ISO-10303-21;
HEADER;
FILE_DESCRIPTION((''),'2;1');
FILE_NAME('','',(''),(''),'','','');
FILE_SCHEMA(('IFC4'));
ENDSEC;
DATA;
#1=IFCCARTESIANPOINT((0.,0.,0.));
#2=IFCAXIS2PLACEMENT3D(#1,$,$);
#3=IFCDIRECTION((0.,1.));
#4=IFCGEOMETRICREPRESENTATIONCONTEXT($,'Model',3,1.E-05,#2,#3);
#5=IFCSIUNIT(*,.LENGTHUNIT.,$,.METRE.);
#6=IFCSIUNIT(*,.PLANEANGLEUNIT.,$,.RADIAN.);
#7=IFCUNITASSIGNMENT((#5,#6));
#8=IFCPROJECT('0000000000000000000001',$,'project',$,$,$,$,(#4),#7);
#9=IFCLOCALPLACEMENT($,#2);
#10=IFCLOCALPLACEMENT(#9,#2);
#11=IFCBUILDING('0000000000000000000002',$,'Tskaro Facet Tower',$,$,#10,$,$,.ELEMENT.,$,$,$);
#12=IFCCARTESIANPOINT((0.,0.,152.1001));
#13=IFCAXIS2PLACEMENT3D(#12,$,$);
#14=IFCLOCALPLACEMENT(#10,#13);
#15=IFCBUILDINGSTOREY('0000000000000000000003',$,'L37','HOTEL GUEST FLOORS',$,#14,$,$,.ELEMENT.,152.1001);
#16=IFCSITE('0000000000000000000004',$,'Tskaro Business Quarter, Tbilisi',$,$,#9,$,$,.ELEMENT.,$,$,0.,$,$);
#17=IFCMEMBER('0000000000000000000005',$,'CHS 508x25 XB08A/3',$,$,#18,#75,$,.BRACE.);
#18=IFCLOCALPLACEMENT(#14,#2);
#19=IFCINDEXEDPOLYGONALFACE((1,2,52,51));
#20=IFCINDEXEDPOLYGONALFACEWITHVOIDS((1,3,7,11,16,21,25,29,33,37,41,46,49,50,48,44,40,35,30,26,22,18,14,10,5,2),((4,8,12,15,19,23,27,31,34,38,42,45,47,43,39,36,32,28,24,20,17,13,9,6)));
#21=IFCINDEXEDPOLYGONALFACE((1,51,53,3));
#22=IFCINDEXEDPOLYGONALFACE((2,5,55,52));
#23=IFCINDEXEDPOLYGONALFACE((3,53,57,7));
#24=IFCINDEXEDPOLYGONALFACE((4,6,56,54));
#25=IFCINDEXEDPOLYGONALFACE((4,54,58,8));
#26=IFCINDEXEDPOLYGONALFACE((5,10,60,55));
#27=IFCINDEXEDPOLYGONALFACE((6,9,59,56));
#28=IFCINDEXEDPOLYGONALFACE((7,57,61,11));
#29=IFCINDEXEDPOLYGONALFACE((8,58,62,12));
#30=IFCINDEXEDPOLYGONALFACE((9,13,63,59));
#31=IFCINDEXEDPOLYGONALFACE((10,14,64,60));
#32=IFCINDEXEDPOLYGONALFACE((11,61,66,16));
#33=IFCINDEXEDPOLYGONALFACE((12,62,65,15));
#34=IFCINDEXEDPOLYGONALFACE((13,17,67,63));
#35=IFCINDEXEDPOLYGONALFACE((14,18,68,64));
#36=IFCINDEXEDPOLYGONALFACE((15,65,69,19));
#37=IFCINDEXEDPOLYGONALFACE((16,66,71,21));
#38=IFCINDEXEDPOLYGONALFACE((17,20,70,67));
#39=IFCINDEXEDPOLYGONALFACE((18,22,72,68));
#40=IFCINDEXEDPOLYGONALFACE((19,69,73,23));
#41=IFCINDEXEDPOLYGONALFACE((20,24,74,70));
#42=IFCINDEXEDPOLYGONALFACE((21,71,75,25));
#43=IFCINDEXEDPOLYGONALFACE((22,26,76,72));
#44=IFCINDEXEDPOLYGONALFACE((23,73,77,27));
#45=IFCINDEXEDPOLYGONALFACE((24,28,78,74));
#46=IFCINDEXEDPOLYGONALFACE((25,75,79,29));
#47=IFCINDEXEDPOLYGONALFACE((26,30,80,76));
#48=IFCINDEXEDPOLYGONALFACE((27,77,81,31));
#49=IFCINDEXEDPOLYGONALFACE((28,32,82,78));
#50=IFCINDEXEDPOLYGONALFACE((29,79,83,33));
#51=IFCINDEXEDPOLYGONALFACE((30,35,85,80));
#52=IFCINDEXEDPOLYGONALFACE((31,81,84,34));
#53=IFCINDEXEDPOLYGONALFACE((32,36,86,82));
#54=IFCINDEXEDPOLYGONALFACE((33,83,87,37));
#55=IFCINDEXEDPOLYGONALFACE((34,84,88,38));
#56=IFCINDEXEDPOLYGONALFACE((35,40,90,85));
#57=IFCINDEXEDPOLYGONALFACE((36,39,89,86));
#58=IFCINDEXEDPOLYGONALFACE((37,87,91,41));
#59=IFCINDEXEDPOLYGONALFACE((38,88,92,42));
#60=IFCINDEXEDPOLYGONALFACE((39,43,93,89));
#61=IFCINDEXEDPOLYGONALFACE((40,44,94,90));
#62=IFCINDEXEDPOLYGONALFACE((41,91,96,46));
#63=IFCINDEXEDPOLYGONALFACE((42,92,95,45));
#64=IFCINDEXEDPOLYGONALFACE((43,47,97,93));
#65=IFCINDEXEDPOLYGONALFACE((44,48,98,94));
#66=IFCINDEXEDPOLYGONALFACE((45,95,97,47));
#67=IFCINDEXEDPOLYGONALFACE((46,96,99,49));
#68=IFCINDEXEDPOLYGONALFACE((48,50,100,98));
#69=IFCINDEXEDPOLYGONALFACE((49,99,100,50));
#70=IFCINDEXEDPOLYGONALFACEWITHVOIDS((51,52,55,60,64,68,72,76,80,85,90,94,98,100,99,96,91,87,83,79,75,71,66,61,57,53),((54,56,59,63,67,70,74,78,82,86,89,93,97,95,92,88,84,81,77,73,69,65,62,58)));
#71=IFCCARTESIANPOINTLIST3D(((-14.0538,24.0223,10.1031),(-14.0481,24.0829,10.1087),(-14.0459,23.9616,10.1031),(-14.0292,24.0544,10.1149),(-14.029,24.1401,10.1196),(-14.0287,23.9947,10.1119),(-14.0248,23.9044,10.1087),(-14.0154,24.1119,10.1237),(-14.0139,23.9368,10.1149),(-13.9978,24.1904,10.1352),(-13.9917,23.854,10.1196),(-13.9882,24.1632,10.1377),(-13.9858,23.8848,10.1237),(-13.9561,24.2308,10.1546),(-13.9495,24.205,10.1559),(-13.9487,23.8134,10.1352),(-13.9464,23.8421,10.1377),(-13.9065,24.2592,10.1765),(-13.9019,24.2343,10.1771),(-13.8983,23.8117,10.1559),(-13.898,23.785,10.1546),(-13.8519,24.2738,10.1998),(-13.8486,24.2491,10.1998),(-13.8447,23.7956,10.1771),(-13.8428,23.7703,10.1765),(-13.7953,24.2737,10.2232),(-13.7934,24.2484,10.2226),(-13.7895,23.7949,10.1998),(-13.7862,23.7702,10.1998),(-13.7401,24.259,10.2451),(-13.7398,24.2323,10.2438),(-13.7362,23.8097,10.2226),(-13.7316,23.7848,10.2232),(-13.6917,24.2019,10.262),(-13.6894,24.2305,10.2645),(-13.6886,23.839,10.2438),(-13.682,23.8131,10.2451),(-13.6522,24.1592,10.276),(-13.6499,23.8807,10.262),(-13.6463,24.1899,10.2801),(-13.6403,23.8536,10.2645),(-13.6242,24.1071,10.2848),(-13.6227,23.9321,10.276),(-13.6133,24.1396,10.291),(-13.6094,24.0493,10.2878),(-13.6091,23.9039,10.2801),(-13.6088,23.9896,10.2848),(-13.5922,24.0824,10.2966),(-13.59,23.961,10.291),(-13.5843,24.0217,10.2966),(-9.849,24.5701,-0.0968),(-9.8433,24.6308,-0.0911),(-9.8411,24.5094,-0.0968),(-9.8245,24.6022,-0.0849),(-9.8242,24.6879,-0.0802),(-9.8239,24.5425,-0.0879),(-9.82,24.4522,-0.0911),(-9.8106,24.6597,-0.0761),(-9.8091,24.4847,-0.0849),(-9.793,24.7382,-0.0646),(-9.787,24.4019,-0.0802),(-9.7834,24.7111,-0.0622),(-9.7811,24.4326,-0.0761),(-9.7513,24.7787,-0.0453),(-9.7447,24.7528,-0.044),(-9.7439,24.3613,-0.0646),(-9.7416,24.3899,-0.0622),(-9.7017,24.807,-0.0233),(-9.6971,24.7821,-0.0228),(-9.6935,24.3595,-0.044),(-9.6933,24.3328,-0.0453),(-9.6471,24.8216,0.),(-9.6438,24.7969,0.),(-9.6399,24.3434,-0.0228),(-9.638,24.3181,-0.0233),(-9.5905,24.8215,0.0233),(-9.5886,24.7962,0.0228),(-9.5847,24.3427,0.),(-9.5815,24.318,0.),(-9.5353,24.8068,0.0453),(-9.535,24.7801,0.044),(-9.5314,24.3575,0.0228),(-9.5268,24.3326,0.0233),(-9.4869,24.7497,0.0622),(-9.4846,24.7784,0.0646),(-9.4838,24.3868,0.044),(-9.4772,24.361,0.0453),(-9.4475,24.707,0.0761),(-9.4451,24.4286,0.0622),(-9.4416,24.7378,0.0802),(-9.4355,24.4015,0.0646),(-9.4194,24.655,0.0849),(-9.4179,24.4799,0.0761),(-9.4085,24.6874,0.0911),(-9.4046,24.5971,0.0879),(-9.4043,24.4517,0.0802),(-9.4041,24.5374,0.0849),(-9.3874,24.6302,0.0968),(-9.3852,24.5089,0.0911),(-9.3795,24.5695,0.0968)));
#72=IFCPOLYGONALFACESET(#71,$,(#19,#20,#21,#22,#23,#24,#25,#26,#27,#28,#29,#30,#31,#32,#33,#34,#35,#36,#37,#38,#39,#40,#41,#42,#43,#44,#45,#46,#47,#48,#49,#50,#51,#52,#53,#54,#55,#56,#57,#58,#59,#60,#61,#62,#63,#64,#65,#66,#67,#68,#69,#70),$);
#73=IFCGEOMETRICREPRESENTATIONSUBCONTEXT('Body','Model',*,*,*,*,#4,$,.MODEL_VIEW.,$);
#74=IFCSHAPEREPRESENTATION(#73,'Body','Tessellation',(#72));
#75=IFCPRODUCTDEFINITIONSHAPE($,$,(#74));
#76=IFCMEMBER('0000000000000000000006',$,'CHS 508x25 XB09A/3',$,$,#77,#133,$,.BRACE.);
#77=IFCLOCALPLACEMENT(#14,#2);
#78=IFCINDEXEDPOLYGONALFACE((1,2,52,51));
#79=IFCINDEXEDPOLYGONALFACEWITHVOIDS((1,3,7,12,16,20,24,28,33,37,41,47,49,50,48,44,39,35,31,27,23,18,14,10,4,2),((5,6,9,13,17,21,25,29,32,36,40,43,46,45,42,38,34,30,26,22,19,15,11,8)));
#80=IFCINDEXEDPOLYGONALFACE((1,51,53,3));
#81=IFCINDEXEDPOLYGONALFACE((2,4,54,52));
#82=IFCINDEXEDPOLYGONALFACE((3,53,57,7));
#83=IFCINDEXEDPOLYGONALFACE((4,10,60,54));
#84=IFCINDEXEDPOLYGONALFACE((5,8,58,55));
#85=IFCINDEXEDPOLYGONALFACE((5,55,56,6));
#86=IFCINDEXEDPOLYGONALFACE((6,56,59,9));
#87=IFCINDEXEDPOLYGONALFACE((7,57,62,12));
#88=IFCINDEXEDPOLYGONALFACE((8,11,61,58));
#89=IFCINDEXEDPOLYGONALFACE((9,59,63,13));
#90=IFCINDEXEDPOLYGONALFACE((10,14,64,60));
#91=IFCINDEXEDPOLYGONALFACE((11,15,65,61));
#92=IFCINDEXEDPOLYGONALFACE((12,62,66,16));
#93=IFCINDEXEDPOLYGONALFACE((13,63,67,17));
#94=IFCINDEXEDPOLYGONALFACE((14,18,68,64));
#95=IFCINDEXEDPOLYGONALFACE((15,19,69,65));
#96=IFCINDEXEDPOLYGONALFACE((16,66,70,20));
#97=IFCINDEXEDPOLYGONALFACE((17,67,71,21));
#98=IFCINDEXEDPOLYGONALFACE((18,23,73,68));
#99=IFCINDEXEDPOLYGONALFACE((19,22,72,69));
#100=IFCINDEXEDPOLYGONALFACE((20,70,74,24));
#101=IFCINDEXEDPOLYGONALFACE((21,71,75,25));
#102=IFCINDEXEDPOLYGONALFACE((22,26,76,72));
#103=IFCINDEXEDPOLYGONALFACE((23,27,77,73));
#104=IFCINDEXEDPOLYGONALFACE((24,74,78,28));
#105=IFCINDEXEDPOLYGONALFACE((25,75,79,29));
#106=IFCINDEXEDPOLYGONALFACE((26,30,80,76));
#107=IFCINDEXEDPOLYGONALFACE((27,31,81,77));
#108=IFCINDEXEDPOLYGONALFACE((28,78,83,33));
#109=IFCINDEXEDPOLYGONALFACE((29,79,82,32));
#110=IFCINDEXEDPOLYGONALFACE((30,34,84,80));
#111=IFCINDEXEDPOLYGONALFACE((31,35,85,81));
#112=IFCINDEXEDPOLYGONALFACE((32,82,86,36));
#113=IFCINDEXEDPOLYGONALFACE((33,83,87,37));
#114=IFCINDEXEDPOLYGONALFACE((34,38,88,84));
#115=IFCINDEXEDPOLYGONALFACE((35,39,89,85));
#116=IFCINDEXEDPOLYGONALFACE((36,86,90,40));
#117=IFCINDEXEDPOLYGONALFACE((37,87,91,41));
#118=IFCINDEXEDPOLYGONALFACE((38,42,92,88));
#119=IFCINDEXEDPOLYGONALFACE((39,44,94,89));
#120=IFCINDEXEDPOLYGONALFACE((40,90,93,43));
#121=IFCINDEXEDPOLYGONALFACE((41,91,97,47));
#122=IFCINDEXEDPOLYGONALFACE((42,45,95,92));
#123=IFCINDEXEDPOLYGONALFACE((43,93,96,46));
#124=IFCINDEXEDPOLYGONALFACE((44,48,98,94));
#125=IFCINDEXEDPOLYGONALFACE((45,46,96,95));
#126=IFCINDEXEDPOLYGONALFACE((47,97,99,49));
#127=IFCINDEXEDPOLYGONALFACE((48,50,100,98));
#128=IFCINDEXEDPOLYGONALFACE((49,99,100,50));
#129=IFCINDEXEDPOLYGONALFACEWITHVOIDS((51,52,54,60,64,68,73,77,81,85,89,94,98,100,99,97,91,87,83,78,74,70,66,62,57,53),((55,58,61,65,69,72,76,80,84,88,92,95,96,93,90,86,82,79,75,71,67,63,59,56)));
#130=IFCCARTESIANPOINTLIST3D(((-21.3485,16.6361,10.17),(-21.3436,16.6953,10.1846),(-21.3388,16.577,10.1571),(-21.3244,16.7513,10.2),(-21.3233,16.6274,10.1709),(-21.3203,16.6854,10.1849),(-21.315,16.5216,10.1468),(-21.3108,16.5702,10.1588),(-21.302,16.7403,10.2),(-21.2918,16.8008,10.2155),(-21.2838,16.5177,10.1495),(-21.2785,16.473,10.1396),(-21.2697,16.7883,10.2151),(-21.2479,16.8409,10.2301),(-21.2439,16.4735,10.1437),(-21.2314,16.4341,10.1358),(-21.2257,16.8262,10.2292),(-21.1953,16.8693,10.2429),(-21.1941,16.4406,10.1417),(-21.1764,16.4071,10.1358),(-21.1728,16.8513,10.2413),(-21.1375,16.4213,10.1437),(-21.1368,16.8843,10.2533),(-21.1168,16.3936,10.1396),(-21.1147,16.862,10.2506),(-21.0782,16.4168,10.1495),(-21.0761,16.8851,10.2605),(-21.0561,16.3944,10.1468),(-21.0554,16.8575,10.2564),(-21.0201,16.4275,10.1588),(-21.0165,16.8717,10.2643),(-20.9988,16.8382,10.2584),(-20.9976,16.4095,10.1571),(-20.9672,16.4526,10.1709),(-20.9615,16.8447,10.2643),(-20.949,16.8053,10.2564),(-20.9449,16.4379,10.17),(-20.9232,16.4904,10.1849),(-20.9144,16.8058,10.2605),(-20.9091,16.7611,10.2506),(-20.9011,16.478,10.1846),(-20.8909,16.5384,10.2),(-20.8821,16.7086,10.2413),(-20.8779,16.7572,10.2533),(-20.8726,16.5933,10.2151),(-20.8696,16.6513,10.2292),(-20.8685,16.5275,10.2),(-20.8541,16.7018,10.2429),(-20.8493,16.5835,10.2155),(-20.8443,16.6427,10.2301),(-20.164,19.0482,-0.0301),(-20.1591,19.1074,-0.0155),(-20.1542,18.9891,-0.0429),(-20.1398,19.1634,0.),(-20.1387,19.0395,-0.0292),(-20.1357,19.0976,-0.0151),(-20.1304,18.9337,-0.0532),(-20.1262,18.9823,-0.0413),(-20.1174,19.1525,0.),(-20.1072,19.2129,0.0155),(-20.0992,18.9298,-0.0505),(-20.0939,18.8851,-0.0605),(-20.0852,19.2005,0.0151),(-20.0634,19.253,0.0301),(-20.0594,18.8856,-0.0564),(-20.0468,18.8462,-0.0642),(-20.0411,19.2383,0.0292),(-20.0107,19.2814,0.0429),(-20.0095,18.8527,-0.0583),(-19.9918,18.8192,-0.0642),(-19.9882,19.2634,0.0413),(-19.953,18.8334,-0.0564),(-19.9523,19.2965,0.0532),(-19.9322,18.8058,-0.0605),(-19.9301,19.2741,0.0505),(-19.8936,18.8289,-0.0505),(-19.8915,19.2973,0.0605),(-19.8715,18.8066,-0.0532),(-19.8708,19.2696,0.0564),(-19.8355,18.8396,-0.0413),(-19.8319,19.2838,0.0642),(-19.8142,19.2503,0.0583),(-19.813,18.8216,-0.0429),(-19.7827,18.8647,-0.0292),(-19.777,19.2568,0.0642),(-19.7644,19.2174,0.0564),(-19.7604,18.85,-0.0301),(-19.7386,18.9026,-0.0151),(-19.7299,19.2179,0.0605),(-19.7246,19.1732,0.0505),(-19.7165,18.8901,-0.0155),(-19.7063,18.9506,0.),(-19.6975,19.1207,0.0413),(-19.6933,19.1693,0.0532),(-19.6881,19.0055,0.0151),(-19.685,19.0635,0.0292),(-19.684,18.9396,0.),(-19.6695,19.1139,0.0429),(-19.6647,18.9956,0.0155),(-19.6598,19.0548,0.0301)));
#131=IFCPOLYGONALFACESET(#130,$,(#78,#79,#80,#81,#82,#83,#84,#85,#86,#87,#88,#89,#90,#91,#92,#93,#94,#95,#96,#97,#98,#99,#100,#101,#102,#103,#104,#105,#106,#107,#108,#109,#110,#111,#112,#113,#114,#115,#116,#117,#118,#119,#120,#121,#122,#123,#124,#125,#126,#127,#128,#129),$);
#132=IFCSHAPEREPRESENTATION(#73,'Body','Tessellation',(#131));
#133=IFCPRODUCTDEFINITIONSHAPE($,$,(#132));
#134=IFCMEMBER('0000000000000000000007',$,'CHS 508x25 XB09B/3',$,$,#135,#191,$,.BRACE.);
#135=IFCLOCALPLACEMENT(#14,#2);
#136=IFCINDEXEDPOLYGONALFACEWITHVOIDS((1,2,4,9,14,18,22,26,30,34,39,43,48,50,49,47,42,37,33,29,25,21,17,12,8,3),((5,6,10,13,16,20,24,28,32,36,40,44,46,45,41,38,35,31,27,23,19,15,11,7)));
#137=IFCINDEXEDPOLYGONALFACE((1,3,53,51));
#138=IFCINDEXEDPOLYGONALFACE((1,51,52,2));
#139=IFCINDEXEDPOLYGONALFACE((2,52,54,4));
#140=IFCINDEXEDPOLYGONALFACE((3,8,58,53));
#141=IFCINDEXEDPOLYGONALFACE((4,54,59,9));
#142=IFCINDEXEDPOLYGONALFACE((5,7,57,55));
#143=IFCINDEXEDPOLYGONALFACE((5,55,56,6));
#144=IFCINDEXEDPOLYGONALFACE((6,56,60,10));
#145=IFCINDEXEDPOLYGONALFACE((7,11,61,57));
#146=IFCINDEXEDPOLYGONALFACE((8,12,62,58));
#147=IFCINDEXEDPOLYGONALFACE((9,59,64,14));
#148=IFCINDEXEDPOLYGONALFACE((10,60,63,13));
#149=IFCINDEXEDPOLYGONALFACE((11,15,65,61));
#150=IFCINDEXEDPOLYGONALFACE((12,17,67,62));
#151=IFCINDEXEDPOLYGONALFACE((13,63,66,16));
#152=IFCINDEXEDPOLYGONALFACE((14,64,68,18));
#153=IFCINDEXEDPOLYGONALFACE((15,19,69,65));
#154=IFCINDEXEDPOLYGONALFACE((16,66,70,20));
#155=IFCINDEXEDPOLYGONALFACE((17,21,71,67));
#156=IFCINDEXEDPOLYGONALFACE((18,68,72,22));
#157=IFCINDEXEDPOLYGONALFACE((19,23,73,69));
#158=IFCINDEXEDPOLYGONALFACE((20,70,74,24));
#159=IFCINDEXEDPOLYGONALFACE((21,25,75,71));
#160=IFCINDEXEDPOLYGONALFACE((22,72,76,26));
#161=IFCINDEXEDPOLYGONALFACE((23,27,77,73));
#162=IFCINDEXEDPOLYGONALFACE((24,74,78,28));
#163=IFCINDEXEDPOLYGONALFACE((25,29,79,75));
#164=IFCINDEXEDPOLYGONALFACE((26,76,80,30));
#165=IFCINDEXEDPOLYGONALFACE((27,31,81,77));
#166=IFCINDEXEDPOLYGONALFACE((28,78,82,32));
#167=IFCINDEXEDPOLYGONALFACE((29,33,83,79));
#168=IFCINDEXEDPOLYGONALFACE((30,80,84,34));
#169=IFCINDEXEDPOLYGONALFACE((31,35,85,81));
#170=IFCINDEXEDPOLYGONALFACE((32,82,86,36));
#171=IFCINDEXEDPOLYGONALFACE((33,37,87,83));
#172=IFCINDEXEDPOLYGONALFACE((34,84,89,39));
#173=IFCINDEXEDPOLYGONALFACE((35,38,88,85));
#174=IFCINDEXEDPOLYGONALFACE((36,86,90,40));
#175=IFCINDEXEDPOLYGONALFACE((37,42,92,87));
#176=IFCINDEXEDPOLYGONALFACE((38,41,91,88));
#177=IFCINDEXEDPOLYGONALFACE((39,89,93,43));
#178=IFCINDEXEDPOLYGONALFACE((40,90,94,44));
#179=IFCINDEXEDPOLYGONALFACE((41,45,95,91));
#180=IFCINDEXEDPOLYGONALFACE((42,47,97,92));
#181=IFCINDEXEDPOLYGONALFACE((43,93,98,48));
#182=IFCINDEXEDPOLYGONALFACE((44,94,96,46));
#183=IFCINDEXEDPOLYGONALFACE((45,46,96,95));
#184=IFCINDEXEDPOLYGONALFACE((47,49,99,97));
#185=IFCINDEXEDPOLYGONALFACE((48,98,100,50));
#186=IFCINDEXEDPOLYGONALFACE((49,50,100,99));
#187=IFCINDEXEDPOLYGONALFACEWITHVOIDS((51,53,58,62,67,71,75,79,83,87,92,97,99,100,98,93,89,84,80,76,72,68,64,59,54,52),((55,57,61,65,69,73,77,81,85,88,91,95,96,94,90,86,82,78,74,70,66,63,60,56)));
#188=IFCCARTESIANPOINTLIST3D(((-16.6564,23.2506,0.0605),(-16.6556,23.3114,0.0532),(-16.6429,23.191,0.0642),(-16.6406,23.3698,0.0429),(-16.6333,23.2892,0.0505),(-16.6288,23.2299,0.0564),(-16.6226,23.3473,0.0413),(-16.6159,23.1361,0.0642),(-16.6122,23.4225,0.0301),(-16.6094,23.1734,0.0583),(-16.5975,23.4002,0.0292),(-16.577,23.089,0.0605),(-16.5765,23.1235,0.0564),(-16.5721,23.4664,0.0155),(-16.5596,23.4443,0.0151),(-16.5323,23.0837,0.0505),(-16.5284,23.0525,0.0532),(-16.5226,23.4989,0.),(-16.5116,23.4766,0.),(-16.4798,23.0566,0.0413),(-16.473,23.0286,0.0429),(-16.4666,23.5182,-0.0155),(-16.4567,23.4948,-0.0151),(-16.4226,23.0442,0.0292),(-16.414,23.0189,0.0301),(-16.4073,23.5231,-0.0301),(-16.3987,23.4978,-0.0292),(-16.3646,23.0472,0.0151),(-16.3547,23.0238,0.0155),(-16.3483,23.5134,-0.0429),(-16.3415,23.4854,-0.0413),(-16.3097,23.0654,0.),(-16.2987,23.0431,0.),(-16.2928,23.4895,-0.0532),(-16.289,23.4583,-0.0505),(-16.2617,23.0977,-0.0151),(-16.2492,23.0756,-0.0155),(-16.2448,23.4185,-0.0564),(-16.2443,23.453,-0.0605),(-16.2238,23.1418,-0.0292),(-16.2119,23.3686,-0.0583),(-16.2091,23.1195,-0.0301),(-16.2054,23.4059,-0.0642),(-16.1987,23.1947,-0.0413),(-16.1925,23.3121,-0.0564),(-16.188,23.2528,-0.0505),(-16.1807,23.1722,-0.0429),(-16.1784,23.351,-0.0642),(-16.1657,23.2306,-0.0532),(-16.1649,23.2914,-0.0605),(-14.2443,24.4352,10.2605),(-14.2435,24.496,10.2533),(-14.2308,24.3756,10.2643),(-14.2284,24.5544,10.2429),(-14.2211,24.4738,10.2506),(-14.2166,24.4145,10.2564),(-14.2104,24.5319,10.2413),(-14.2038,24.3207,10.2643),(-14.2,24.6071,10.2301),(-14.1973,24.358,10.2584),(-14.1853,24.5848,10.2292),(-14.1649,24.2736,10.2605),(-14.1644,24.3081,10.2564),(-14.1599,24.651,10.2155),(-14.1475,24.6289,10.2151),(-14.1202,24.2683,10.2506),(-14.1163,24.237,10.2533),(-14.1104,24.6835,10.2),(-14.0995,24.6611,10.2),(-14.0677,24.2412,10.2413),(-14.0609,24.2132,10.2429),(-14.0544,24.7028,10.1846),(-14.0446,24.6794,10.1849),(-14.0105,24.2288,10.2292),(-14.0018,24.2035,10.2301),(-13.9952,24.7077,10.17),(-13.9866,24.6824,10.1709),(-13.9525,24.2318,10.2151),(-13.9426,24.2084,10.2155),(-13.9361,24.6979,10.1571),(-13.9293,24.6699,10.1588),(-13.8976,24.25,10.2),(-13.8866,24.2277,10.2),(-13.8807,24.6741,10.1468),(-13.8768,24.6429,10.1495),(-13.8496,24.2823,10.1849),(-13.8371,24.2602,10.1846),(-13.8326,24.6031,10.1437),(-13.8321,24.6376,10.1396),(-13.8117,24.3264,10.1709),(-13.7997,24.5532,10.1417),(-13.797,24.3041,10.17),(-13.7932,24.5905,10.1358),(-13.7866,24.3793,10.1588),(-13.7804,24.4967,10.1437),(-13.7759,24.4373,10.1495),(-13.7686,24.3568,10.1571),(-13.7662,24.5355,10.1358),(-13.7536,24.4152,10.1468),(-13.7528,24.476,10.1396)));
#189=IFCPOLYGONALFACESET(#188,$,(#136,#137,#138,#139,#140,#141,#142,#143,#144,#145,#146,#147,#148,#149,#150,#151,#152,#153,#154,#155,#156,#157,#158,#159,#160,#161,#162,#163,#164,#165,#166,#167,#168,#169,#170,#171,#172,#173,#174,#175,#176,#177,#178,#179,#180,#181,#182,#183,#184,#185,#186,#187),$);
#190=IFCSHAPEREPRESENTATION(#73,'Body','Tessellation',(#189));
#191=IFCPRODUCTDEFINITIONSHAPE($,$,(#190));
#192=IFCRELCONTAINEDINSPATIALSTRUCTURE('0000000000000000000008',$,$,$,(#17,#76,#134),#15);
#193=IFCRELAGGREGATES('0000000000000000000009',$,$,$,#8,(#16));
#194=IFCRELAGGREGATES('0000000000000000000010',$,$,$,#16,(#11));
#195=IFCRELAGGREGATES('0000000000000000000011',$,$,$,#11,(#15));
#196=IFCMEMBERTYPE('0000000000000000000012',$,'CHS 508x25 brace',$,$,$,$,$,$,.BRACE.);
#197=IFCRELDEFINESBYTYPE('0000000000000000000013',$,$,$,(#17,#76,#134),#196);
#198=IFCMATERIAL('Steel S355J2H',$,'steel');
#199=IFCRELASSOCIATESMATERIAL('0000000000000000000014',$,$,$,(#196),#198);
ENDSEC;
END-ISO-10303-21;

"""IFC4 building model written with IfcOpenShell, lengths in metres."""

from ifc_helpers import new_model, si_unit, direction, frame, origin, origin_2d, place, context, subcontext, project, spatial, hollow_circle, extrude, material, material_profile, profile_set, type_object, element, save


model = new_model("IFC4")

# Units and contexts
model_context = context("Model", 3, precision=1e-05, world=origin(), true_north=direction((0.0, 1.0)))
body_context = subcontext(model_context, "Body", "Model", "MODEL_VIEW")
ifc_project = project(units=[si_unit("LENGTHUNIT", "METRE"), si_unit("PLANEANGLEUNIT", "RADIAN")], contexts=[model_context])

# Site, building, storey
site_placement = place(None, origin())
site = spatial("IfcSite", under=ifc_project, at=site_placement, Name="Tskaro Business Quarter, Tbilisi", CompositionType="ELEMENT", RefElevation=0.0)
building_placement = place(site_placement, origin())
building = spatial("IfcBuilding", under=site, at=building_placement, Name="Tskaro Facet Tower", CompositionType="ELEMENT")
storey_placement = place(building_placement, frame((0.0, 0.0, 152.1001)))
storey = spatial("IfcBuildingStorey", under=building, at=storey_placement, Name="L37", Description="HOTEL GUEST FLOORS", CompositionType="ELEMENT", Elevation=152.1001)

# Shared definitions
ifc_material_1 = material(Name="Steel S355J2H", Category="steel")

# Members
ifc_material_profile_1 = material_profile(ifc_material_1, hollow_circle(Radius=0.2539, WallThickness=0.0249, at=origin_2d()), Name="CHS 508x25")
ifc_profile_set_1 = profile_set([ifc_material_profile_1], Name="Steel S355J2H")
member_type_1 = type_object("IfcMemberType", Name="CHS 508x25 brace", PredefinedType="BRACE", material=ifc_profile_set_1)
member_1_placement = place(storey_placement, frame((-9.6143, 24.5698, 0.0), z_axis=(-0.380657, -0.049596, 0.923385), x_axis=(0.129199, -0.991619, 0.0)))
element("IfcMember", 1, at=member_1_placement, inside=storey, type_object=member_type_1, Name="CHS 508x25 XB08A/3", PredefinedType="BRACE", context=body_context, shape_type="SweptSolid", body=[
    extrude(hollow_circle(Radius=0.2539, WallThickness=0.0249, at=origin_2d()), origin(), (0.0, 0.0, 1.0), 11.0461),
])
for number, where, z_axis, x_axis, name in (
    (2, (-19.9119, 19.0515, 0.0), (-0.112303, -0.228679, 0.967003), (0.897602, -0.440806, 0.0), "CHS 508x25 XB09A/3"),
    (3, (-16.4106, 23.271, 0.0), (0.228679, 0.112303, 0.967003), (-0.440806, 0.897602, 0.0), "CHS 508x25 XB09B/3"),
):
    element("IfcMember", number, at=place(storey_placement, frame(where, z_axis=z_axis, x_axis=x_axis)), inside=storey, type_object=member_type_1, Name=name, PredefinedType="BRACE", context=body_context, shape_type="SweptSolid", body=[
        extrude(hollow_circle(Radius=0.2539, WallThickness=0.0249, at=origin_2d()), origin(), (0.0, 0.0, 1.0), 10.5481),
    ])

save(model, "model.ifc")
